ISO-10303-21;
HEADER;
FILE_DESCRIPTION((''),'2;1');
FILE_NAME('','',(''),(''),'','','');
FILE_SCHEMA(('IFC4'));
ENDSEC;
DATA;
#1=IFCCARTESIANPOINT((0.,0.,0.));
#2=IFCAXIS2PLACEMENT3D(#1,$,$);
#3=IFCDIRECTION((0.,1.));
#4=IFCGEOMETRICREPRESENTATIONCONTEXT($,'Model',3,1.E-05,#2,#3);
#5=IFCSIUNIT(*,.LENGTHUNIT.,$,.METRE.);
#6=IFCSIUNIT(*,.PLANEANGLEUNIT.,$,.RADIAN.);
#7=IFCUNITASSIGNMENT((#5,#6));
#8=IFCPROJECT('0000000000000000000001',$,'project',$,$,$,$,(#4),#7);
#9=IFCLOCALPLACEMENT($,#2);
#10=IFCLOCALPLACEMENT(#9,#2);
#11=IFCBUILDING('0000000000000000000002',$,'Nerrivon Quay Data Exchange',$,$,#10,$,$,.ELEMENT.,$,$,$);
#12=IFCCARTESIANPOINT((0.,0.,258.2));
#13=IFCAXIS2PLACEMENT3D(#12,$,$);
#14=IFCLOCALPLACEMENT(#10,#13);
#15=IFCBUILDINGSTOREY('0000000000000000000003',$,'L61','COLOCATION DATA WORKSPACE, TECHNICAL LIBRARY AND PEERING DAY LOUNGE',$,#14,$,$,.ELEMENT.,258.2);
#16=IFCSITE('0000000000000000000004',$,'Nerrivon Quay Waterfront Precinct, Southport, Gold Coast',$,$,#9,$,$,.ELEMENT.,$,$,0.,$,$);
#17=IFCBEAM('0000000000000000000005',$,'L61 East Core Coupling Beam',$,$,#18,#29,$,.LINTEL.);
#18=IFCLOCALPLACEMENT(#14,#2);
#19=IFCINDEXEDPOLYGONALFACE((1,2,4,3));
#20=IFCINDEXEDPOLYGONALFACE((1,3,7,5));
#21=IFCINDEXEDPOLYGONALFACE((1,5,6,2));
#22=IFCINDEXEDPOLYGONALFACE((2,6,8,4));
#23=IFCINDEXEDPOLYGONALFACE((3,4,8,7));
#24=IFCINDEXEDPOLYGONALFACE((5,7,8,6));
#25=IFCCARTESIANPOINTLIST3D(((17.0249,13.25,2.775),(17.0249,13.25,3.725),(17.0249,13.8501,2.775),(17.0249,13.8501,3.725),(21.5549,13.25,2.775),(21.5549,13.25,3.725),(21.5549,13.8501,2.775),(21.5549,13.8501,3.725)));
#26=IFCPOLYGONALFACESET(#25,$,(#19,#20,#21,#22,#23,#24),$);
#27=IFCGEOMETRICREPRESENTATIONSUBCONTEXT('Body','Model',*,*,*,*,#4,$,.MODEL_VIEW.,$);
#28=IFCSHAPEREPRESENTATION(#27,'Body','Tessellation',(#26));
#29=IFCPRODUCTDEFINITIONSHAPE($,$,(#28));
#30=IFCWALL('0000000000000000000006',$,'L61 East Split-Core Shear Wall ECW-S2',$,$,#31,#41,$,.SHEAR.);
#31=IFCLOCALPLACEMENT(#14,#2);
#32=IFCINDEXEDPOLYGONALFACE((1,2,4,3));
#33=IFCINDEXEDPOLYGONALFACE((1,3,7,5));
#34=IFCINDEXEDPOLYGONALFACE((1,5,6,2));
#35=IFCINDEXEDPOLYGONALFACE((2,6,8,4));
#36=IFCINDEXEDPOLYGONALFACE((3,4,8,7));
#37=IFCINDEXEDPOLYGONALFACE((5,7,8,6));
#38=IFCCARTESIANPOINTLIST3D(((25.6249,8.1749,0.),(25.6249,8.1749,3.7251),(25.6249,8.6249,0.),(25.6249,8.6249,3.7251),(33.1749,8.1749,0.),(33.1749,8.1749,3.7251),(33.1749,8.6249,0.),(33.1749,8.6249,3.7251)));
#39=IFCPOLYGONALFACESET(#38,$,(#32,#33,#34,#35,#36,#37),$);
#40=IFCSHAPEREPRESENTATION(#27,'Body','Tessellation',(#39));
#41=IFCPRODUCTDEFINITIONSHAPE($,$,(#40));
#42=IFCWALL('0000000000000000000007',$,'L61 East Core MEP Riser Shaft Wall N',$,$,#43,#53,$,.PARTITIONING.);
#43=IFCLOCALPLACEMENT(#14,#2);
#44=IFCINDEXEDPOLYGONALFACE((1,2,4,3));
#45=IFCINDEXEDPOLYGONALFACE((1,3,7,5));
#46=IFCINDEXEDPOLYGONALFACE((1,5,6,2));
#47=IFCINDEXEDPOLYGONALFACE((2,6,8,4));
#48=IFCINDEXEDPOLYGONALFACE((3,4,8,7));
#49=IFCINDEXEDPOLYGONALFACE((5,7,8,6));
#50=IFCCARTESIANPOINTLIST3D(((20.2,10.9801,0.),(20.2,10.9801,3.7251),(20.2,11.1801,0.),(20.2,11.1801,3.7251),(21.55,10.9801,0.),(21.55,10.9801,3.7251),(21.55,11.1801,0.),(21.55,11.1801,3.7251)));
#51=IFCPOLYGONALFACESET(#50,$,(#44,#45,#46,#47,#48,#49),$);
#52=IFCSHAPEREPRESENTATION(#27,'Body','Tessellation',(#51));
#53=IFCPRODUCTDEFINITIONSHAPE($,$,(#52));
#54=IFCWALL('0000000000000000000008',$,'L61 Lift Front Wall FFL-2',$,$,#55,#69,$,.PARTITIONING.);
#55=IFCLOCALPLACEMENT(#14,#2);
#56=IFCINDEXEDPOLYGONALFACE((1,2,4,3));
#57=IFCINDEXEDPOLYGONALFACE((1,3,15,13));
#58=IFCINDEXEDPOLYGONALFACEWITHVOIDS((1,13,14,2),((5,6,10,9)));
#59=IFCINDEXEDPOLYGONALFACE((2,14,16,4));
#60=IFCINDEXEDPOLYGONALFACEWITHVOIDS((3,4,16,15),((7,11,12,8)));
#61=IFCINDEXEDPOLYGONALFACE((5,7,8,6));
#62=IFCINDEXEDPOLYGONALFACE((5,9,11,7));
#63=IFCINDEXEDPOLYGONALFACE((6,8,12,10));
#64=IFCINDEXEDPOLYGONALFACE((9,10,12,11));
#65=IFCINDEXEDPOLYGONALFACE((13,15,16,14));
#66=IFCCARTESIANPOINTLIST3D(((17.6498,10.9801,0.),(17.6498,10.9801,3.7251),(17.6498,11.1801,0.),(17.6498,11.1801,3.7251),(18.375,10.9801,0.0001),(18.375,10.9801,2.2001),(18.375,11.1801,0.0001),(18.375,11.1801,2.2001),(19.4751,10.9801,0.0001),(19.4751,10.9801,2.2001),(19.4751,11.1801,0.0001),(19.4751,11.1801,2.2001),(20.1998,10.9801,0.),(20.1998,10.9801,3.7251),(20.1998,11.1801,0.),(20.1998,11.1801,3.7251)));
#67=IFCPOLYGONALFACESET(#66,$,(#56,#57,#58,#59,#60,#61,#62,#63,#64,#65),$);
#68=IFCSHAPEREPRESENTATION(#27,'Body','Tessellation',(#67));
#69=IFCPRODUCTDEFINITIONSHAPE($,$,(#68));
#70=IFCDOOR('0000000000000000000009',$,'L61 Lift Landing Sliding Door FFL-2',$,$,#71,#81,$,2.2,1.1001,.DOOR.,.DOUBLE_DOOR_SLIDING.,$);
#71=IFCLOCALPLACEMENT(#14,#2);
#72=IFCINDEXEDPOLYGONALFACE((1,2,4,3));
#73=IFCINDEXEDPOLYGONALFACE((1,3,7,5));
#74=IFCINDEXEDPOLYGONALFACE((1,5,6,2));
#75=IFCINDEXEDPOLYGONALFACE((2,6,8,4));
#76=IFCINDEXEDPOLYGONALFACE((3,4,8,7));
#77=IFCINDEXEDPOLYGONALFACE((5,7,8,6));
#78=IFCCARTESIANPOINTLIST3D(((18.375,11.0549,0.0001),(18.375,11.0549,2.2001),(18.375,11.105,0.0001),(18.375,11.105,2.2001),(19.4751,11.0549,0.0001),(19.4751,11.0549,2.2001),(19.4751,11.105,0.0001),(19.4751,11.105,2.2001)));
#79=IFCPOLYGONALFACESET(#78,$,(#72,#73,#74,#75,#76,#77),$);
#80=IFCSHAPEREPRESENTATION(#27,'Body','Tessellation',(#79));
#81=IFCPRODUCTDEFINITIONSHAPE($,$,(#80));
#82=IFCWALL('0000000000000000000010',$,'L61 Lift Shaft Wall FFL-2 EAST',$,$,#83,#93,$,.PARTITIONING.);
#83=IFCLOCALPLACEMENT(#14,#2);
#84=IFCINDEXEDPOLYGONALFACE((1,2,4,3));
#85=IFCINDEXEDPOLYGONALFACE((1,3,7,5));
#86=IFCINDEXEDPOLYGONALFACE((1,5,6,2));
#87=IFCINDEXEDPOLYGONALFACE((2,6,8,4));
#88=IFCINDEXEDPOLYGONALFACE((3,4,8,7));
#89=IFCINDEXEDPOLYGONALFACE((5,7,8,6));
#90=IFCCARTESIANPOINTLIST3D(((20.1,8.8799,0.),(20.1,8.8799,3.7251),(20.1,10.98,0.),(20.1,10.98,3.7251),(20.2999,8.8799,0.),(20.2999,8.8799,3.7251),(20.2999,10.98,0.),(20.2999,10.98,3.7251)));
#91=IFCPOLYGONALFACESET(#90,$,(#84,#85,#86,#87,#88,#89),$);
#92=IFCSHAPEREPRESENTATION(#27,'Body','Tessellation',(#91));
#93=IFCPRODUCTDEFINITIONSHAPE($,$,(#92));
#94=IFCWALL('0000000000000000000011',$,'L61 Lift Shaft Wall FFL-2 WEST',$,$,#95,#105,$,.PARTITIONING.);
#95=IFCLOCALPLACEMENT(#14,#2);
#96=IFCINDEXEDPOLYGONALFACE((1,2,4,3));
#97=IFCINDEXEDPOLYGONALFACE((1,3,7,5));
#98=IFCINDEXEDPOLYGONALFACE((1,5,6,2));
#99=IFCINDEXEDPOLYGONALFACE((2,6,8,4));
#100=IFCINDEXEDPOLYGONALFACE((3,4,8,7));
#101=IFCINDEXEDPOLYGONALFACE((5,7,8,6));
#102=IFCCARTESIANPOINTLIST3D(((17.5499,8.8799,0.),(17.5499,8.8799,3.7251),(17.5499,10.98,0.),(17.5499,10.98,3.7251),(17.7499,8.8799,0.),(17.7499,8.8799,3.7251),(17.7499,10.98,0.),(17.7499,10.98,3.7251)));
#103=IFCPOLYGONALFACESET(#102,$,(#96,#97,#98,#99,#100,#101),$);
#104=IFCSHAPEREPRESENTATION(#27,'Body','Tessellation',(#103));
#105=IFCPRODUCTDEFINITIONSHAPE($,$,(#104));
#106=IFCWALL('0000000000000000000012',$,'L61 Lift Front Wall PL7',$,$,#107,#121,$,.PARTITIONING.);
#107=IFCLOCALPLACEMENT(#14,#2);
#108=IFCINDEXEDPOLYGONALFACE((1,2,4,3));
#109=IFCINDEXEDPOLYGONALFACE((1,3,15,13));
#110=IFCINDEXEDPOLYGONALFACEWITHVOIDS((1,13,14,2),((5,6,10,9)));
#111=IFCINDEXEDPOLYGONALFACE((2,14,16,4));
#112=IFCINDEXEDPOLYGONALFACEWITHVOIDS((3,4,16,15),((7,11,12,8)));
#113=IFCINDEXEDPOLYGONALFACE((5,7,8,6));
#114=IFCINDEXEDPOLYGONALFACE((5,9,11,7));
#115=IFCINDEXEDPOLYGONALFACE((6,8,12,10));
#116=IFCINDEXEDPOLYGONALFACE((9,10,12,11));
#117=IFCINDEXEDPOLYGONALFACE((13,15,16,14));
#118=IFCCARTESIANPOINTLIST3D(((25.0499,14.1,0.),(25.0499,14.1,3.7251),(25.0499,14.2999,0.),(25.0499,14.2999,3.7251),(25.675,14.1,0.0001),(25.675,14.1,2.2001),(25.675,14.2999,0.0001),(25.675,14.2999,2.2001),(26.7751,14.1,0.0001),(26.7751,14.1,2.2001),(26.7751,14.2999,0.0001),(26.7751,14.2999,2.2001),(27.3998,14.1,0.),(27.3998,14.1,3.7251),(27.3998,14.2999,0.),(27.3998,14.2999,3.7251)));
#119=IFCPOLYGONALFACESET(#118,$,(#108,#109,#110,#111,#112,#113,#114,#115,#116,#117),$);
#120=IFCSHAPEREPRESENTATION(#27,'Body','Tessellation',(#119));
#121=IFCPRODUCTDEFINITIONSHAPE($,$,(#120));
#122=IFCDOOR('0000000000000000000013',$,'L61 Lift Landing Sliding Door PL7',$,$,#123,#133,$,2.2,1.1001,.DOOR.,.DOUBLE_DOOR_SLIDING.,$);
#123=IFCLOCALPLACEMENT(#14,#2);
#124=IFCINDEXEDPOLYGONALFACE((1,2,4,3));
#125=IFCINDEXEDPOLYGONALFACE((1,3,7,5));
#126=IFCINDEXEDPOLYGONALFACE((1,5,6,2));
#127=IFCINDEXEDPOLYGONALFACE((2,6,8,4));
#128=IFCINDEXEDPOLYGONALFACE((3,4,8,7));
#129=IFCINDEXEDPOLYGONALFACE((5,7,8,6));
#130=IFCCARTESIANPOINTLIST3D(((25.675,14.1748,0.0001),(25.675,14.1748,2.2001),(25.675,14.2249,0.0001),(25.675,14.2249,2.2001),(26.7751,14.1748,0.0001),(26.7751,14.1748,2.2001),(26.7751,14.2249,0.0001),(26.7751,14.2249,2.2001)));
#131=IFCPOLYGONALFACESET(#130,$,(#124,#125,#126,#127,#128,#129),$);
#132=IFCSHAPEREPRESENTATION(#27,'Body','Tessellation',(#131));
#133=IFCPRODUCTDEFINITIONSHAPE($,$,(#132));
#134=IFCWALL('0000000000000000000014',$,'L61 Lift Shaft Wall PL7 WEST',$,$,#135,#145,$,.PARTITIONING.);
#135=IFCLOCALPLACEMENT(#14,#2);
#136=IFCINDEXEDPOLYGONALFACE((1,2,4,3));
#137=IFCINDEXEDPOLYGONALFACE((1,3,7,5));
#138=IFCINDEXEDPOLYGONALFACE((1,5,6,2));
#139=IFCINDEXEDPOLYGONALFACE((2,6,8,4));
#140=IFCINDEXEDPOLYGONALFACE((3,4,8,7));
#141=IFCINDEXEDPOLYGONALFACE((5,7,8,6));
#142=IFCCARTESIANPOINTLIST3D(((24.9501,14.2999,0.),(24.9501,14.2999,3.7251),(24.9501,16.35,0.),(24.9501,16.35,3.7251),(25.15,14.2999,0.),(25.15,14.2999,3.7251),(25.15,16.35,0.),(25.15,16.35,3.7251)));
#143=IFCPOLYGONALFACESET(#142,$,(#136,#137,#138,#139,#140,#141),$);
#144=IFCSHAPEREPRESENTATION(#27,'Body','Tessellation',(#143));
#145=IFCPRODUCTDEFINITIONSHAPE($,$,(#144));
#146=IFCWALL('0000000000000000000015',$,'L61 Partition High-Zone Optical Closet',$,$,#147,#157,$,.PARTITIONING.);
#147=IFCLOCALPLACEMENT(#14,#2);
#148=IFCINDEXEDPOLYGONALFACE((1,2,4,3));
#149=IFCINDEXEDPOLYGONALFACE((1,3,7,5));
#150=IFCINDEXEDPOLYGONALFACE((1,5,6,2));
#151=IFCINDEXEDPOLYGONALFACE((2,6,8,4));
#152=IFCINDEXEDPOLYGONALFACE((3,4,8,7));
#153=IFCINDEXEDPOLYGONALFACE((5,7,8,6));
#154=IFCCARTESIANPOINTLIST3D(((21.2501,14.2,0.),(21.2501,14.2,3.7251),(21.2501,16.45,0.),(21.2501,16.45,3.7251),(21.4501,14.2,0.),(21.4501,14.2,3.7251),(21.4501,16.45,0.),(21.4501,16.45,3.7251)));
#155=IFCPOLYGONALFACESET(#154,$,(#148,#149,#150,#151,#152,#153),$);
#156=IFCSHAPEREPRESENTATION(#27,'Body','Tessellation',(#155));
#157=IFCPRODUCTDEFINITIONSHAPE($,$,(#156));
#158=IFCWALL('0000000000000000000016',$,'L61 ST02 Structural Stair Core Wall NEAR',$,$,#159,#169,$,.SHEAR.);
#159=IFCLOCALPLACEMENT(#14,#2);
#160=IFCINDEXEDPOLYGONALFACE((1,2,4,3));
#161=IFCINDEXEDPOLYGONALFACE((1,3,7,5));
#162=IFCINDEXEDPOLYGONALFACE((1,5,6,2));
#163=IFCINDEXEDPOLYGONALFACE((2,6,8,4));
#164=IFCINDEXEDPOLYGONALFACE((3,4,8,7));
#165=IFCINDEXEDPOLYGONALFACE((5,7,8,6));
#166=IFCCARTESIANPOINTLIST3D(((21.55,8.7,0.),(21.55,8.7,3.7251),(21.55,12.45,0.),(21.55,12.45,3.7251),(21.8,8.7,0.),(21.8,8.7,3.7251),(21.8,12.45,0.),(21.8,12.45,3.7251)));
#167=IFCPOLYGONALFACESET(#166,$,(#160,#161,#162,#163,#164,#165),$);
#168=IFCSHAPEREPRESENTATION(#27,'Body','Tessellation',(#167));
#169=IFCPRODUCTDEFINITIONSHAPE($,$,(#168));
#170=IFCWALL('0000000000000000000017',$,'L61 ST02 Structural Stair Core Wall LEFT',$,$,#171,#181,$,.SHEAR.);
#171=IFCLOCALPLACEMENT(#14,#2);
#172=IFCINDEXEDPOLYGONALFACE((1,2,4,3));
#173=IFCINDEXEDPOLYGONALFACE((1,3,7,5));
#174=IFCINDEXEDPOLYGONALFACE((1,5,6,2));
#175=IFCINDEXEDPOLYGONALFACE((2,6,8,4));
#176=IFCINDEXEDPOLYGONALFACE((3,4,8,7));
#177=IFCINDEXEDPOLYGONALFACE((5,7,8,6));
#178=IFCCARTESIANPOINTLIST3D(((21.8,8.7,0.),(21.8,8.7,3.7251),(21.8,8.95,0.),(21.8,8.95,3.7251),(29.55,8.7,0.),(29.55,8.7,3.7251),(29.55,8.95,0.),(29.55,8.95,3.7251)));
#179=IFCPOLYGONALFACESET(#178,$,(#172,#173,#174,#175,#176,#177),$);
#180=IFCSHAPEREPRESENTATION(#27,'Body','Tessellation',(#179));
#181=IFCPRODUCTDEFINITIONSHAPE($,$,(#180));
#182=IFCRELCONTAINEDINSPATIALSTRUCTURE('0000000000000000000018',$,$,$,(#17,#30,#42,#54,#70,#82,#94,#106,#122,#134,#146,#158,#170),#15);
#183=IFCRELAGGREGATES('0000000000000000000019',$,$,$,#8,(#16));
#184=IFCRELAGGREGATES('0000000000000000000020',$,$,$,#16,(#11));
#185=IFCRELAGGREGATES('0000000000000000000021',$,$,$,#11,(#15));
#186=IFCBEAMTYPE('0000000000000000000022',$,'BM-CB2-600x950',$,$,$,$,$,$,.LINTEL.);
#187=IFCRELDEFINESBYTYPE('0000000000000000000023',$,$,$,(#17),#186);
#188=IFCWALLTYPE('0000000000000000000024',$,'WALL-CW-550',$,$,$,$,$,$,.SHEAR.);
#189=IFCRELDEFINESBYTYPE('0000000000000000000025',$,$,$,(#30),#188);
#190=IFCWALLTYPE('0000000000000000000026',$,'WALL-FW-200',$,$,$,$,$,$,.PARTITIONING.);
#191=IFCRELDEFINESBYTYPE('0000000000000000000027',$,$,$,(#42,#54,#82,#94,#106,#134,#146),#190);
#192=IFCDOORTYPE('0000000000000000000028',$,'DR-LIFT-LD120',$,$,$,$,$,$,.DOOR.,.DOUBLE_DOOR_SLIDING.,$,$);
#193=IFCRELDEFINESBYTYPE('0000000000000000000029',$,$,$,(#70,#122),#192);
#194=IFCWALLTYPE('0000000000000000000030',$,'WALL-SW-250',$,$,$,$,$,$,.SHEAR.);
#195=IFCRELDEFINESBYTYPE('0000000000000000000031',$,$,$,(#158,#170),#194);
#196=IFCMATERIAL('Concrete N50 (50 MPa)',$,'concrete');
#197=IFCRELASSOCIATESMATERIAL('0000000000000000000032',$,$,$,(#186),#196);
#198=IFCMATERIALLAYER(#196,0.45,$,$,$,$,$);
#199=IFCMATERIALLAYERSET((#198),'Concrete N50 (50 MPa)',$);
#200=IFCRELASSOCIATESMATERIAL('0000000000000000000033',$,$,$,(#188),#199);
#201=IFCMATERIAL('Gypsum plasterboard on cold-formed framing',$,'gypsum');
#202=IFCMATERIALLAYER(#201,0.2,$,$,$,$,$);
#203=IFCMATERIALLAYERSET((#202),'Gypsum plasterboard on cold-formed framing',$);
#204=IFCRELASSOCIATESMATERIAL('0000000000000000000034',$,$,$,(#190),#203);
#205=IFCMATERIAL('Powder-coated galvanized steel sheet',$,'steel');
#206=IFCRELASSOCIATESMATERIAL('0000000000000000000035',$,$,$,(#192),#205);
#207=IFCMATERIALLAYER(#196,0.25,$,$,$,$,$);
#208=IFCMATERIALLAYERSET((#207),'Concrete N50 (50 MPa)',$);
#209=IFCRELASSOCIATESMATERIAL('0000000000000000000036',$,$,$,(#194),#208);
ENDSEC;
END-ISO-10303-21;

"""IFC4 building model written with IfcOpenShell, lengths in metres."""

from ifc_helpers import new_model, si_unit, direction, frame, frame_2d, origin, origin_2d, place, context, subcontext, project, spatial, rectangle, extrude, material, layer, layer_set, material_profile, profile_set, type_object, element, fill, save


model = new_model("IFC4")

# Units and contexts
model_context = context("Model", 3, precision=1e-05, world=origin(), true_north=direction((0.0, 1.0)))
body_context = subcontext(model_context, "Body", "Model", "MODEL_VIEW")
ifc_project = project(units=[si_unit("LENGTHUNIT", "METRE"), si_unit("PLANEANGLEUNIT", "RADIAN")], contexts=[model_context])

# Site, building, storey
site_placement = place(None, origin())
site = spatial("IfcSite", under=ifc_project, at=site_placement, Name="Nerrivon Quay Waterfront Precinct, Southport, Gold Coast", CompositionType="ELEMENT", RefElevation=0.0)
building_placement = place(site_placement, origin())
building = spatial("IfcBuilding", under=site, at=building_placement, Name="Nerrivon Quay Data Exchange", CompositionType="ELEMENT")
storey_placement = place(building_placement, frame((0.0, 0.0, 258.2)))
storey = spatial("IfcBuildingStorey", under=building, at=storey_placement, Name="L61", Description="COLOCATION DATA WORKSPACE, TECHNICAL LIBRARY AND PEERING DAY LOUNGE", CompositionType="ELEMENT", Elevation=258.2)

# Beam
ifc_material_1 = material(Name="Concrete N50 (50 MPa)", Category="concrete")
ifc_material_profile = material_profile(ifc_material_1, rectangle(XDim=0.6001, YDim=0.95, at=origin_2d()), Name="RC-CB-600x950")
ifc_profile_set = profile_set([ifc_material_profile], Name="Concrete N50 (50 MPa)")
beam_type = type_object("IfcBeamType", Name="BM-CB2-600x950", PredefinedType="LINTEL", material=ifc_profile_set)
beam_placement = place(storey_placement, frame((17.0249, 13.55, 3.25), z_axis=(1.0, 0.0, 0.0), x_axis=(0.0, 1.0, 0.0)))
element("IfcBeam", 1, at=beam_placement, inside=storey, type_object=beam_type, Name="L61 East Core Coupling Beam", PredefinedType="LINTEL", context=body_context, shape_type="SweptSolid", body=[
    extrude(rectangle(XDim=0.6001, YDim=0.95, at=origin_2d()), origin(), (0.0, 0.0, 1.0), 4.53),
])

# Walls
ifc_layer_1 = layer(ifc_material_1, 0.45)
ifc_layer_set_1 = layer_set([ifc_layer_1], Name="Concrete N50 (50 MPa)")
wall_type_1 = type_object("IfcWallType", Name="WALL-CW-550", PredefinedType="SHEAR", material=ifc_layer_set_1)
wall_1_placement = place(storey_placement, frame((25.625, 8.3999, 0.0), z_axis=(0.0, 0.0, 1.0), x_axis=(1.0, 0.0, 0.0)))
element("IfcWall", 2, at=wall_1_placement, inside=storey, type_object=wall_type_1, Name="L61 East Split-Core Shear Wall ECW-S2", PredefinedType="SHEAR", context=body_context, shape_type="SweptSolid", body=[
    extrude(rectangle(XDim=7.55, YDim=0.45, at=frame_2d((3.7749, 0.0))), origin(), (0.0, 0.0, 1.0), 3.7251),
])
ifc_material_2 = material(Name="Gypsum plasterboard on cold-formed framing", Category="gypsum")
ifc_layer_2 = layer(ifc_material_2, 0.2)
ifc_layer_set_2 = layer_set([ifc_layer_2], Name="Gypsum plasterboard on cold-formed framing")
wall_type_2 = type_object("IfcWallType", Name="WALL-FW-200", PredefinedType="PARTITIONING", material=ifc_layer_set_2)
wall_2_placement = place(storey_placement, frame((20.2, 11.0801, 0.0), z_axis=(0.0, 0.0, 1.0), x_axis=(1.0, 0.0, 0.0)))
element("IfcWall", 3, at=wall_2_placement, inside=storey, type_object=wall_type_2, Name="L61 East Core MEP Riser Shaft Wall N", PredefinedType="PARTITIONING", context=body_context, shape_type="SweptSolid", body=[
    extrude(rectangle(XDim=1.3501, YDim=0.2, at=frame_2d((0.675, 0.0))), origin(), (0.0, 0.0, 1.0), 3.7251),
])

# Wall, opening, door
wall_3_placement = place(storey_placement, frame((17.6499, 11.0801, 0.0), z_axis=(0.0, 0.0, 1.0), x_axis=(1.0, 0.0, 0.0)))
wall_3 = element("IfcWall", 4, at=wall_3_placement, inside=storey, type_object=wall_type_2, Name="L61 Lift Front Wall FFL-2", PredefinedType="PARTITIONING", context=body_context, shape_type="SweptSolid", body=[
    extrude(rectangle(XDim=2.55, YDim=0.2, at=frame_2d((1.2749, 0.0))), origin(), (0.0, 0.0, 1.0), 3.7251),
])
opening_1_placement = place(wall_3_placement, frame((0.7251, 0.0, 0.0)))
opening_1 = element("IfcOpeningElement", 5, at=opening_1_placement, cuts=wall_3, PredefinedType="OPENING", context=body_context, shape_type="SweptSolid", body=[
    extrude(rectangle(XDim=1.1001, YDim=2.2, at=frame_2d((0.55, 1.1001))), frame((0.0, 0.1099, 0.0), z_axis=(0.0, -1.0, 0.0), x_axis=(1.0, 0.0, 0.0)), (0.0, 0.0, 1.0), 0.22),
])
ifc_material_3 = material(Name="Powder-coated galvanized steel sheet", Category="steel")
door_type_1 = type_object("IfcDoorType", Name="DR-LIFT-LD120", OperationType="DOUBLE_DOOR_SLIDING", PredefinedType="DOOR", material=ifc_material_3)
door_1_placement = place(opening_1_placement, origin())
door_1 = element("IfcDoor", 6, at=door_1_placement, inside=storey, type_object=door_type_1, Name="L61 Lift Landing Sliding Door FFL-2", OperationType="DOUBLE_DOOR_SLIDING", OverallHeight=2.2, OverallWidth=1.1001, PredefinedType="DOOR", context=body_context, shape_type="SweptSolid", body=[
    extrude(rectangle(XDim=1.1001, YDim=2.2, at=frame_2d((0.55, 1.1001))), frame((0.0, 0.0249, 0.0), z_axis=(0.0, -1.0, 0.0), x_axis=(1.0, 0.0, 0.0)), (0.0, 0.0, 1.0), 0.05),
])
fill(opening_1, door_1)

# Walls
for number, where, z_axis, x_axis, name in (
    (7, (20.2, 8.8799, 0.0), (0.0, 0.0, 1.0), (0.0, 1.0, 0.0), "L61 Lift Shaft Wall FFL-2 EAST"),
    (8, (17.6499, 8.8799, 0.0), (0.0, 0.0, 1.0), (0.0, 1.0, 0.0), "L61 Lift Shaft Wall FFL-2 WEST"),
):
    element("IfcWall", number, at=place(storey_placement, frame(where, z_axis=z_axis, x_axis=x_axis)), inside=storey, type_object=wall_type_2, Name=name, PredefinedType="PARTITIONING", context=body_context, shape_type="SweptSolid", body=[
        extrude(rectangle(XDim=2.1001, YDim=0.2, at=frame_2d((1.05, 0.0))), origin(), (0.0, 0.0, 1.0), 3.7251),
    ])

# Wall, opening, door
wall_4_placement = place(storey_placement, frame((25.05, 14.2, 0.0), z_axis=(0.0, 0.0, 1.0), x_axis=(1.0, 0.0, 0.0)))
wall_4 = element("IfcWall", 9, at=wall_4_placement, inside=storey, type_object=wall_type_2, Name="L61 Lift Front Wall PL7", PredefinedType="PARTITIONING", context=body_context, shape_type="SweptSolid", body=[
    extrude(rectangle(XDim=2.3499, YDim=0.2, at=frame_2d((1.1748, 0.0))), origin(), (0.0, 0.0, 1.0), 3.7251),
])
opening_2_placement = place(wall_4_placement, frame((0.625, 0.0, 0.0)))
opening_2 = element("IfcOpeningElement", 10, at=opening_2_placement, cuts=wall_4, PredefinedType="OPENING", context=body_context, shape_type="SweptSolid", body=[
    extrude(rectangle(XDim=1.1001, YDim=2.2, at=frame_2d((0.55, 1.1001))), frame((0.0, 0.1099, 0.0), z_axis=(0.0, -1.0, 0.0), x_axis=(1.0, 0.0, 0.0)), (0.0, 0.0, 1.0), 0.22),
])
door_2_placement = place(opening_2_placement, origin())
door_2 = element("IfcDoor", 11, at=door_2_placement, inside=storey, type_object=door_type_1, Name="L61 Lift Landing Sliding Door PL7", OperationType="DOUBLE_DOOR_SLIDING", OverallHeight=2.2, OverallWidth=1.1001, PredefinedType="DOOR", context=body_context, shape_type="SweptSolid", body=[
    extrude(rectangle(XDim=1.1001, YDim=2.2, at=frame_2d((0.55, 1.1001))), frame((0.0, 0.0249, 0.0), z_axis=(0.0, -1.0, 0.0), x_axis=(1.0, 0.0, 0.0)), (0.0, 0.0, 1.0), 0.05),
])
fill(opening_2, door_2)

# Walls
wall_5_placement = place(storey_placement, frame((25.05, 14.3, 0.0), z_axis=(0.0, 0.0, 1.0), x_axis=(0.0, 1.0, 0.0)))
element("IfcWall", 12, at=wall_5_placement, inside=storey, type_object=wall_type_2, Name="L61 Lift Shaft Wall PL7 WEST", PredefinedType="PARTITIONING", context=body_context, shape_type="SweptSolid", body=[
    extrude(rectangle(XDim=2.05, YDim=0.2, at=frame_2d((1.0249, 0.0))), origin(), (0.0, 0.0, 1.0), 3.7251),
])
wall_6_placement = place(storey_placement, frame((21.3501, 14.2, 0.0), z_axis=(0.0, 0.0, 1.0), x_axis=(0.0, 1.0, 0.0)))
element("IfcWall", 13, at=wall_6_placement, inside=storey, type_object=wall_type_2, Name="L61 Partition High-Zone Optical Closet", PredefinedType="PARTITIONING", context=body_context, shape_type="SweptSolid", body=[
    extrude(rectangle(XDim=2.25, YDim=0.2, at=frame_2d((1.125, 0.0))), origin(), (0.0, 0.0, 1.0), 3.7251),
])

# Walls
ifc_layer_3 = layer(ifc_material_1, 0.25)
ifc_layer_set_3 = layer_set([ifc_layer_3], Name="Concrete N50 (50 MPa)")
wall_type_3 = type_object("IfcWallType", Name="WALL-SW-250", PredefinedType="SHEAR", material=ifc_layer_set_3)
wall_7_placement = place(storey_placement, frame((21.675, 8.7, 0.0), z_axis=(0.0, 0.0, 1.0), x_axis=(0.0, 1.0, 0.0)))
element("IfcWall", 14, at=wall_7_placement, inside=storey, type_object=wall_type_3, Name="L61 ST02 Structural Stair Core Wall NEAR", PredefinedType="SHEAR", context=body_context, shape_type="SweptSolid", body=[
    extrude(rectangle(XDim=3.75, YDim=0.25, at=frame_2d((1.875, 0.0))), origin(), (0.0, 0.0, 1.0), 3.7251),
])
wall_8_placement = place(storey_placement, frame((21.8, 8.825, 0.0), z_axis=(0.0, 0.0, 1.0), x_axis=(1.0, 0.0, 0.0)))
element("IfcWall", 15, at=wall_8_placement, inside=storey, type_object=wall_type_3, Name="L61 ST02 Structural Stair Core Wall LEFT", PredefinedType="SHEAR", context=body_context, shape_type="SweptSolid", body=[
    extrude(rectangle(XDim=7.75, YDim=0.25, at=frame_2d((3.875, 0.0))), origin(), (0.0, 0.0, 1.0), 3.7251),
])

save(model, "model.ifc")
